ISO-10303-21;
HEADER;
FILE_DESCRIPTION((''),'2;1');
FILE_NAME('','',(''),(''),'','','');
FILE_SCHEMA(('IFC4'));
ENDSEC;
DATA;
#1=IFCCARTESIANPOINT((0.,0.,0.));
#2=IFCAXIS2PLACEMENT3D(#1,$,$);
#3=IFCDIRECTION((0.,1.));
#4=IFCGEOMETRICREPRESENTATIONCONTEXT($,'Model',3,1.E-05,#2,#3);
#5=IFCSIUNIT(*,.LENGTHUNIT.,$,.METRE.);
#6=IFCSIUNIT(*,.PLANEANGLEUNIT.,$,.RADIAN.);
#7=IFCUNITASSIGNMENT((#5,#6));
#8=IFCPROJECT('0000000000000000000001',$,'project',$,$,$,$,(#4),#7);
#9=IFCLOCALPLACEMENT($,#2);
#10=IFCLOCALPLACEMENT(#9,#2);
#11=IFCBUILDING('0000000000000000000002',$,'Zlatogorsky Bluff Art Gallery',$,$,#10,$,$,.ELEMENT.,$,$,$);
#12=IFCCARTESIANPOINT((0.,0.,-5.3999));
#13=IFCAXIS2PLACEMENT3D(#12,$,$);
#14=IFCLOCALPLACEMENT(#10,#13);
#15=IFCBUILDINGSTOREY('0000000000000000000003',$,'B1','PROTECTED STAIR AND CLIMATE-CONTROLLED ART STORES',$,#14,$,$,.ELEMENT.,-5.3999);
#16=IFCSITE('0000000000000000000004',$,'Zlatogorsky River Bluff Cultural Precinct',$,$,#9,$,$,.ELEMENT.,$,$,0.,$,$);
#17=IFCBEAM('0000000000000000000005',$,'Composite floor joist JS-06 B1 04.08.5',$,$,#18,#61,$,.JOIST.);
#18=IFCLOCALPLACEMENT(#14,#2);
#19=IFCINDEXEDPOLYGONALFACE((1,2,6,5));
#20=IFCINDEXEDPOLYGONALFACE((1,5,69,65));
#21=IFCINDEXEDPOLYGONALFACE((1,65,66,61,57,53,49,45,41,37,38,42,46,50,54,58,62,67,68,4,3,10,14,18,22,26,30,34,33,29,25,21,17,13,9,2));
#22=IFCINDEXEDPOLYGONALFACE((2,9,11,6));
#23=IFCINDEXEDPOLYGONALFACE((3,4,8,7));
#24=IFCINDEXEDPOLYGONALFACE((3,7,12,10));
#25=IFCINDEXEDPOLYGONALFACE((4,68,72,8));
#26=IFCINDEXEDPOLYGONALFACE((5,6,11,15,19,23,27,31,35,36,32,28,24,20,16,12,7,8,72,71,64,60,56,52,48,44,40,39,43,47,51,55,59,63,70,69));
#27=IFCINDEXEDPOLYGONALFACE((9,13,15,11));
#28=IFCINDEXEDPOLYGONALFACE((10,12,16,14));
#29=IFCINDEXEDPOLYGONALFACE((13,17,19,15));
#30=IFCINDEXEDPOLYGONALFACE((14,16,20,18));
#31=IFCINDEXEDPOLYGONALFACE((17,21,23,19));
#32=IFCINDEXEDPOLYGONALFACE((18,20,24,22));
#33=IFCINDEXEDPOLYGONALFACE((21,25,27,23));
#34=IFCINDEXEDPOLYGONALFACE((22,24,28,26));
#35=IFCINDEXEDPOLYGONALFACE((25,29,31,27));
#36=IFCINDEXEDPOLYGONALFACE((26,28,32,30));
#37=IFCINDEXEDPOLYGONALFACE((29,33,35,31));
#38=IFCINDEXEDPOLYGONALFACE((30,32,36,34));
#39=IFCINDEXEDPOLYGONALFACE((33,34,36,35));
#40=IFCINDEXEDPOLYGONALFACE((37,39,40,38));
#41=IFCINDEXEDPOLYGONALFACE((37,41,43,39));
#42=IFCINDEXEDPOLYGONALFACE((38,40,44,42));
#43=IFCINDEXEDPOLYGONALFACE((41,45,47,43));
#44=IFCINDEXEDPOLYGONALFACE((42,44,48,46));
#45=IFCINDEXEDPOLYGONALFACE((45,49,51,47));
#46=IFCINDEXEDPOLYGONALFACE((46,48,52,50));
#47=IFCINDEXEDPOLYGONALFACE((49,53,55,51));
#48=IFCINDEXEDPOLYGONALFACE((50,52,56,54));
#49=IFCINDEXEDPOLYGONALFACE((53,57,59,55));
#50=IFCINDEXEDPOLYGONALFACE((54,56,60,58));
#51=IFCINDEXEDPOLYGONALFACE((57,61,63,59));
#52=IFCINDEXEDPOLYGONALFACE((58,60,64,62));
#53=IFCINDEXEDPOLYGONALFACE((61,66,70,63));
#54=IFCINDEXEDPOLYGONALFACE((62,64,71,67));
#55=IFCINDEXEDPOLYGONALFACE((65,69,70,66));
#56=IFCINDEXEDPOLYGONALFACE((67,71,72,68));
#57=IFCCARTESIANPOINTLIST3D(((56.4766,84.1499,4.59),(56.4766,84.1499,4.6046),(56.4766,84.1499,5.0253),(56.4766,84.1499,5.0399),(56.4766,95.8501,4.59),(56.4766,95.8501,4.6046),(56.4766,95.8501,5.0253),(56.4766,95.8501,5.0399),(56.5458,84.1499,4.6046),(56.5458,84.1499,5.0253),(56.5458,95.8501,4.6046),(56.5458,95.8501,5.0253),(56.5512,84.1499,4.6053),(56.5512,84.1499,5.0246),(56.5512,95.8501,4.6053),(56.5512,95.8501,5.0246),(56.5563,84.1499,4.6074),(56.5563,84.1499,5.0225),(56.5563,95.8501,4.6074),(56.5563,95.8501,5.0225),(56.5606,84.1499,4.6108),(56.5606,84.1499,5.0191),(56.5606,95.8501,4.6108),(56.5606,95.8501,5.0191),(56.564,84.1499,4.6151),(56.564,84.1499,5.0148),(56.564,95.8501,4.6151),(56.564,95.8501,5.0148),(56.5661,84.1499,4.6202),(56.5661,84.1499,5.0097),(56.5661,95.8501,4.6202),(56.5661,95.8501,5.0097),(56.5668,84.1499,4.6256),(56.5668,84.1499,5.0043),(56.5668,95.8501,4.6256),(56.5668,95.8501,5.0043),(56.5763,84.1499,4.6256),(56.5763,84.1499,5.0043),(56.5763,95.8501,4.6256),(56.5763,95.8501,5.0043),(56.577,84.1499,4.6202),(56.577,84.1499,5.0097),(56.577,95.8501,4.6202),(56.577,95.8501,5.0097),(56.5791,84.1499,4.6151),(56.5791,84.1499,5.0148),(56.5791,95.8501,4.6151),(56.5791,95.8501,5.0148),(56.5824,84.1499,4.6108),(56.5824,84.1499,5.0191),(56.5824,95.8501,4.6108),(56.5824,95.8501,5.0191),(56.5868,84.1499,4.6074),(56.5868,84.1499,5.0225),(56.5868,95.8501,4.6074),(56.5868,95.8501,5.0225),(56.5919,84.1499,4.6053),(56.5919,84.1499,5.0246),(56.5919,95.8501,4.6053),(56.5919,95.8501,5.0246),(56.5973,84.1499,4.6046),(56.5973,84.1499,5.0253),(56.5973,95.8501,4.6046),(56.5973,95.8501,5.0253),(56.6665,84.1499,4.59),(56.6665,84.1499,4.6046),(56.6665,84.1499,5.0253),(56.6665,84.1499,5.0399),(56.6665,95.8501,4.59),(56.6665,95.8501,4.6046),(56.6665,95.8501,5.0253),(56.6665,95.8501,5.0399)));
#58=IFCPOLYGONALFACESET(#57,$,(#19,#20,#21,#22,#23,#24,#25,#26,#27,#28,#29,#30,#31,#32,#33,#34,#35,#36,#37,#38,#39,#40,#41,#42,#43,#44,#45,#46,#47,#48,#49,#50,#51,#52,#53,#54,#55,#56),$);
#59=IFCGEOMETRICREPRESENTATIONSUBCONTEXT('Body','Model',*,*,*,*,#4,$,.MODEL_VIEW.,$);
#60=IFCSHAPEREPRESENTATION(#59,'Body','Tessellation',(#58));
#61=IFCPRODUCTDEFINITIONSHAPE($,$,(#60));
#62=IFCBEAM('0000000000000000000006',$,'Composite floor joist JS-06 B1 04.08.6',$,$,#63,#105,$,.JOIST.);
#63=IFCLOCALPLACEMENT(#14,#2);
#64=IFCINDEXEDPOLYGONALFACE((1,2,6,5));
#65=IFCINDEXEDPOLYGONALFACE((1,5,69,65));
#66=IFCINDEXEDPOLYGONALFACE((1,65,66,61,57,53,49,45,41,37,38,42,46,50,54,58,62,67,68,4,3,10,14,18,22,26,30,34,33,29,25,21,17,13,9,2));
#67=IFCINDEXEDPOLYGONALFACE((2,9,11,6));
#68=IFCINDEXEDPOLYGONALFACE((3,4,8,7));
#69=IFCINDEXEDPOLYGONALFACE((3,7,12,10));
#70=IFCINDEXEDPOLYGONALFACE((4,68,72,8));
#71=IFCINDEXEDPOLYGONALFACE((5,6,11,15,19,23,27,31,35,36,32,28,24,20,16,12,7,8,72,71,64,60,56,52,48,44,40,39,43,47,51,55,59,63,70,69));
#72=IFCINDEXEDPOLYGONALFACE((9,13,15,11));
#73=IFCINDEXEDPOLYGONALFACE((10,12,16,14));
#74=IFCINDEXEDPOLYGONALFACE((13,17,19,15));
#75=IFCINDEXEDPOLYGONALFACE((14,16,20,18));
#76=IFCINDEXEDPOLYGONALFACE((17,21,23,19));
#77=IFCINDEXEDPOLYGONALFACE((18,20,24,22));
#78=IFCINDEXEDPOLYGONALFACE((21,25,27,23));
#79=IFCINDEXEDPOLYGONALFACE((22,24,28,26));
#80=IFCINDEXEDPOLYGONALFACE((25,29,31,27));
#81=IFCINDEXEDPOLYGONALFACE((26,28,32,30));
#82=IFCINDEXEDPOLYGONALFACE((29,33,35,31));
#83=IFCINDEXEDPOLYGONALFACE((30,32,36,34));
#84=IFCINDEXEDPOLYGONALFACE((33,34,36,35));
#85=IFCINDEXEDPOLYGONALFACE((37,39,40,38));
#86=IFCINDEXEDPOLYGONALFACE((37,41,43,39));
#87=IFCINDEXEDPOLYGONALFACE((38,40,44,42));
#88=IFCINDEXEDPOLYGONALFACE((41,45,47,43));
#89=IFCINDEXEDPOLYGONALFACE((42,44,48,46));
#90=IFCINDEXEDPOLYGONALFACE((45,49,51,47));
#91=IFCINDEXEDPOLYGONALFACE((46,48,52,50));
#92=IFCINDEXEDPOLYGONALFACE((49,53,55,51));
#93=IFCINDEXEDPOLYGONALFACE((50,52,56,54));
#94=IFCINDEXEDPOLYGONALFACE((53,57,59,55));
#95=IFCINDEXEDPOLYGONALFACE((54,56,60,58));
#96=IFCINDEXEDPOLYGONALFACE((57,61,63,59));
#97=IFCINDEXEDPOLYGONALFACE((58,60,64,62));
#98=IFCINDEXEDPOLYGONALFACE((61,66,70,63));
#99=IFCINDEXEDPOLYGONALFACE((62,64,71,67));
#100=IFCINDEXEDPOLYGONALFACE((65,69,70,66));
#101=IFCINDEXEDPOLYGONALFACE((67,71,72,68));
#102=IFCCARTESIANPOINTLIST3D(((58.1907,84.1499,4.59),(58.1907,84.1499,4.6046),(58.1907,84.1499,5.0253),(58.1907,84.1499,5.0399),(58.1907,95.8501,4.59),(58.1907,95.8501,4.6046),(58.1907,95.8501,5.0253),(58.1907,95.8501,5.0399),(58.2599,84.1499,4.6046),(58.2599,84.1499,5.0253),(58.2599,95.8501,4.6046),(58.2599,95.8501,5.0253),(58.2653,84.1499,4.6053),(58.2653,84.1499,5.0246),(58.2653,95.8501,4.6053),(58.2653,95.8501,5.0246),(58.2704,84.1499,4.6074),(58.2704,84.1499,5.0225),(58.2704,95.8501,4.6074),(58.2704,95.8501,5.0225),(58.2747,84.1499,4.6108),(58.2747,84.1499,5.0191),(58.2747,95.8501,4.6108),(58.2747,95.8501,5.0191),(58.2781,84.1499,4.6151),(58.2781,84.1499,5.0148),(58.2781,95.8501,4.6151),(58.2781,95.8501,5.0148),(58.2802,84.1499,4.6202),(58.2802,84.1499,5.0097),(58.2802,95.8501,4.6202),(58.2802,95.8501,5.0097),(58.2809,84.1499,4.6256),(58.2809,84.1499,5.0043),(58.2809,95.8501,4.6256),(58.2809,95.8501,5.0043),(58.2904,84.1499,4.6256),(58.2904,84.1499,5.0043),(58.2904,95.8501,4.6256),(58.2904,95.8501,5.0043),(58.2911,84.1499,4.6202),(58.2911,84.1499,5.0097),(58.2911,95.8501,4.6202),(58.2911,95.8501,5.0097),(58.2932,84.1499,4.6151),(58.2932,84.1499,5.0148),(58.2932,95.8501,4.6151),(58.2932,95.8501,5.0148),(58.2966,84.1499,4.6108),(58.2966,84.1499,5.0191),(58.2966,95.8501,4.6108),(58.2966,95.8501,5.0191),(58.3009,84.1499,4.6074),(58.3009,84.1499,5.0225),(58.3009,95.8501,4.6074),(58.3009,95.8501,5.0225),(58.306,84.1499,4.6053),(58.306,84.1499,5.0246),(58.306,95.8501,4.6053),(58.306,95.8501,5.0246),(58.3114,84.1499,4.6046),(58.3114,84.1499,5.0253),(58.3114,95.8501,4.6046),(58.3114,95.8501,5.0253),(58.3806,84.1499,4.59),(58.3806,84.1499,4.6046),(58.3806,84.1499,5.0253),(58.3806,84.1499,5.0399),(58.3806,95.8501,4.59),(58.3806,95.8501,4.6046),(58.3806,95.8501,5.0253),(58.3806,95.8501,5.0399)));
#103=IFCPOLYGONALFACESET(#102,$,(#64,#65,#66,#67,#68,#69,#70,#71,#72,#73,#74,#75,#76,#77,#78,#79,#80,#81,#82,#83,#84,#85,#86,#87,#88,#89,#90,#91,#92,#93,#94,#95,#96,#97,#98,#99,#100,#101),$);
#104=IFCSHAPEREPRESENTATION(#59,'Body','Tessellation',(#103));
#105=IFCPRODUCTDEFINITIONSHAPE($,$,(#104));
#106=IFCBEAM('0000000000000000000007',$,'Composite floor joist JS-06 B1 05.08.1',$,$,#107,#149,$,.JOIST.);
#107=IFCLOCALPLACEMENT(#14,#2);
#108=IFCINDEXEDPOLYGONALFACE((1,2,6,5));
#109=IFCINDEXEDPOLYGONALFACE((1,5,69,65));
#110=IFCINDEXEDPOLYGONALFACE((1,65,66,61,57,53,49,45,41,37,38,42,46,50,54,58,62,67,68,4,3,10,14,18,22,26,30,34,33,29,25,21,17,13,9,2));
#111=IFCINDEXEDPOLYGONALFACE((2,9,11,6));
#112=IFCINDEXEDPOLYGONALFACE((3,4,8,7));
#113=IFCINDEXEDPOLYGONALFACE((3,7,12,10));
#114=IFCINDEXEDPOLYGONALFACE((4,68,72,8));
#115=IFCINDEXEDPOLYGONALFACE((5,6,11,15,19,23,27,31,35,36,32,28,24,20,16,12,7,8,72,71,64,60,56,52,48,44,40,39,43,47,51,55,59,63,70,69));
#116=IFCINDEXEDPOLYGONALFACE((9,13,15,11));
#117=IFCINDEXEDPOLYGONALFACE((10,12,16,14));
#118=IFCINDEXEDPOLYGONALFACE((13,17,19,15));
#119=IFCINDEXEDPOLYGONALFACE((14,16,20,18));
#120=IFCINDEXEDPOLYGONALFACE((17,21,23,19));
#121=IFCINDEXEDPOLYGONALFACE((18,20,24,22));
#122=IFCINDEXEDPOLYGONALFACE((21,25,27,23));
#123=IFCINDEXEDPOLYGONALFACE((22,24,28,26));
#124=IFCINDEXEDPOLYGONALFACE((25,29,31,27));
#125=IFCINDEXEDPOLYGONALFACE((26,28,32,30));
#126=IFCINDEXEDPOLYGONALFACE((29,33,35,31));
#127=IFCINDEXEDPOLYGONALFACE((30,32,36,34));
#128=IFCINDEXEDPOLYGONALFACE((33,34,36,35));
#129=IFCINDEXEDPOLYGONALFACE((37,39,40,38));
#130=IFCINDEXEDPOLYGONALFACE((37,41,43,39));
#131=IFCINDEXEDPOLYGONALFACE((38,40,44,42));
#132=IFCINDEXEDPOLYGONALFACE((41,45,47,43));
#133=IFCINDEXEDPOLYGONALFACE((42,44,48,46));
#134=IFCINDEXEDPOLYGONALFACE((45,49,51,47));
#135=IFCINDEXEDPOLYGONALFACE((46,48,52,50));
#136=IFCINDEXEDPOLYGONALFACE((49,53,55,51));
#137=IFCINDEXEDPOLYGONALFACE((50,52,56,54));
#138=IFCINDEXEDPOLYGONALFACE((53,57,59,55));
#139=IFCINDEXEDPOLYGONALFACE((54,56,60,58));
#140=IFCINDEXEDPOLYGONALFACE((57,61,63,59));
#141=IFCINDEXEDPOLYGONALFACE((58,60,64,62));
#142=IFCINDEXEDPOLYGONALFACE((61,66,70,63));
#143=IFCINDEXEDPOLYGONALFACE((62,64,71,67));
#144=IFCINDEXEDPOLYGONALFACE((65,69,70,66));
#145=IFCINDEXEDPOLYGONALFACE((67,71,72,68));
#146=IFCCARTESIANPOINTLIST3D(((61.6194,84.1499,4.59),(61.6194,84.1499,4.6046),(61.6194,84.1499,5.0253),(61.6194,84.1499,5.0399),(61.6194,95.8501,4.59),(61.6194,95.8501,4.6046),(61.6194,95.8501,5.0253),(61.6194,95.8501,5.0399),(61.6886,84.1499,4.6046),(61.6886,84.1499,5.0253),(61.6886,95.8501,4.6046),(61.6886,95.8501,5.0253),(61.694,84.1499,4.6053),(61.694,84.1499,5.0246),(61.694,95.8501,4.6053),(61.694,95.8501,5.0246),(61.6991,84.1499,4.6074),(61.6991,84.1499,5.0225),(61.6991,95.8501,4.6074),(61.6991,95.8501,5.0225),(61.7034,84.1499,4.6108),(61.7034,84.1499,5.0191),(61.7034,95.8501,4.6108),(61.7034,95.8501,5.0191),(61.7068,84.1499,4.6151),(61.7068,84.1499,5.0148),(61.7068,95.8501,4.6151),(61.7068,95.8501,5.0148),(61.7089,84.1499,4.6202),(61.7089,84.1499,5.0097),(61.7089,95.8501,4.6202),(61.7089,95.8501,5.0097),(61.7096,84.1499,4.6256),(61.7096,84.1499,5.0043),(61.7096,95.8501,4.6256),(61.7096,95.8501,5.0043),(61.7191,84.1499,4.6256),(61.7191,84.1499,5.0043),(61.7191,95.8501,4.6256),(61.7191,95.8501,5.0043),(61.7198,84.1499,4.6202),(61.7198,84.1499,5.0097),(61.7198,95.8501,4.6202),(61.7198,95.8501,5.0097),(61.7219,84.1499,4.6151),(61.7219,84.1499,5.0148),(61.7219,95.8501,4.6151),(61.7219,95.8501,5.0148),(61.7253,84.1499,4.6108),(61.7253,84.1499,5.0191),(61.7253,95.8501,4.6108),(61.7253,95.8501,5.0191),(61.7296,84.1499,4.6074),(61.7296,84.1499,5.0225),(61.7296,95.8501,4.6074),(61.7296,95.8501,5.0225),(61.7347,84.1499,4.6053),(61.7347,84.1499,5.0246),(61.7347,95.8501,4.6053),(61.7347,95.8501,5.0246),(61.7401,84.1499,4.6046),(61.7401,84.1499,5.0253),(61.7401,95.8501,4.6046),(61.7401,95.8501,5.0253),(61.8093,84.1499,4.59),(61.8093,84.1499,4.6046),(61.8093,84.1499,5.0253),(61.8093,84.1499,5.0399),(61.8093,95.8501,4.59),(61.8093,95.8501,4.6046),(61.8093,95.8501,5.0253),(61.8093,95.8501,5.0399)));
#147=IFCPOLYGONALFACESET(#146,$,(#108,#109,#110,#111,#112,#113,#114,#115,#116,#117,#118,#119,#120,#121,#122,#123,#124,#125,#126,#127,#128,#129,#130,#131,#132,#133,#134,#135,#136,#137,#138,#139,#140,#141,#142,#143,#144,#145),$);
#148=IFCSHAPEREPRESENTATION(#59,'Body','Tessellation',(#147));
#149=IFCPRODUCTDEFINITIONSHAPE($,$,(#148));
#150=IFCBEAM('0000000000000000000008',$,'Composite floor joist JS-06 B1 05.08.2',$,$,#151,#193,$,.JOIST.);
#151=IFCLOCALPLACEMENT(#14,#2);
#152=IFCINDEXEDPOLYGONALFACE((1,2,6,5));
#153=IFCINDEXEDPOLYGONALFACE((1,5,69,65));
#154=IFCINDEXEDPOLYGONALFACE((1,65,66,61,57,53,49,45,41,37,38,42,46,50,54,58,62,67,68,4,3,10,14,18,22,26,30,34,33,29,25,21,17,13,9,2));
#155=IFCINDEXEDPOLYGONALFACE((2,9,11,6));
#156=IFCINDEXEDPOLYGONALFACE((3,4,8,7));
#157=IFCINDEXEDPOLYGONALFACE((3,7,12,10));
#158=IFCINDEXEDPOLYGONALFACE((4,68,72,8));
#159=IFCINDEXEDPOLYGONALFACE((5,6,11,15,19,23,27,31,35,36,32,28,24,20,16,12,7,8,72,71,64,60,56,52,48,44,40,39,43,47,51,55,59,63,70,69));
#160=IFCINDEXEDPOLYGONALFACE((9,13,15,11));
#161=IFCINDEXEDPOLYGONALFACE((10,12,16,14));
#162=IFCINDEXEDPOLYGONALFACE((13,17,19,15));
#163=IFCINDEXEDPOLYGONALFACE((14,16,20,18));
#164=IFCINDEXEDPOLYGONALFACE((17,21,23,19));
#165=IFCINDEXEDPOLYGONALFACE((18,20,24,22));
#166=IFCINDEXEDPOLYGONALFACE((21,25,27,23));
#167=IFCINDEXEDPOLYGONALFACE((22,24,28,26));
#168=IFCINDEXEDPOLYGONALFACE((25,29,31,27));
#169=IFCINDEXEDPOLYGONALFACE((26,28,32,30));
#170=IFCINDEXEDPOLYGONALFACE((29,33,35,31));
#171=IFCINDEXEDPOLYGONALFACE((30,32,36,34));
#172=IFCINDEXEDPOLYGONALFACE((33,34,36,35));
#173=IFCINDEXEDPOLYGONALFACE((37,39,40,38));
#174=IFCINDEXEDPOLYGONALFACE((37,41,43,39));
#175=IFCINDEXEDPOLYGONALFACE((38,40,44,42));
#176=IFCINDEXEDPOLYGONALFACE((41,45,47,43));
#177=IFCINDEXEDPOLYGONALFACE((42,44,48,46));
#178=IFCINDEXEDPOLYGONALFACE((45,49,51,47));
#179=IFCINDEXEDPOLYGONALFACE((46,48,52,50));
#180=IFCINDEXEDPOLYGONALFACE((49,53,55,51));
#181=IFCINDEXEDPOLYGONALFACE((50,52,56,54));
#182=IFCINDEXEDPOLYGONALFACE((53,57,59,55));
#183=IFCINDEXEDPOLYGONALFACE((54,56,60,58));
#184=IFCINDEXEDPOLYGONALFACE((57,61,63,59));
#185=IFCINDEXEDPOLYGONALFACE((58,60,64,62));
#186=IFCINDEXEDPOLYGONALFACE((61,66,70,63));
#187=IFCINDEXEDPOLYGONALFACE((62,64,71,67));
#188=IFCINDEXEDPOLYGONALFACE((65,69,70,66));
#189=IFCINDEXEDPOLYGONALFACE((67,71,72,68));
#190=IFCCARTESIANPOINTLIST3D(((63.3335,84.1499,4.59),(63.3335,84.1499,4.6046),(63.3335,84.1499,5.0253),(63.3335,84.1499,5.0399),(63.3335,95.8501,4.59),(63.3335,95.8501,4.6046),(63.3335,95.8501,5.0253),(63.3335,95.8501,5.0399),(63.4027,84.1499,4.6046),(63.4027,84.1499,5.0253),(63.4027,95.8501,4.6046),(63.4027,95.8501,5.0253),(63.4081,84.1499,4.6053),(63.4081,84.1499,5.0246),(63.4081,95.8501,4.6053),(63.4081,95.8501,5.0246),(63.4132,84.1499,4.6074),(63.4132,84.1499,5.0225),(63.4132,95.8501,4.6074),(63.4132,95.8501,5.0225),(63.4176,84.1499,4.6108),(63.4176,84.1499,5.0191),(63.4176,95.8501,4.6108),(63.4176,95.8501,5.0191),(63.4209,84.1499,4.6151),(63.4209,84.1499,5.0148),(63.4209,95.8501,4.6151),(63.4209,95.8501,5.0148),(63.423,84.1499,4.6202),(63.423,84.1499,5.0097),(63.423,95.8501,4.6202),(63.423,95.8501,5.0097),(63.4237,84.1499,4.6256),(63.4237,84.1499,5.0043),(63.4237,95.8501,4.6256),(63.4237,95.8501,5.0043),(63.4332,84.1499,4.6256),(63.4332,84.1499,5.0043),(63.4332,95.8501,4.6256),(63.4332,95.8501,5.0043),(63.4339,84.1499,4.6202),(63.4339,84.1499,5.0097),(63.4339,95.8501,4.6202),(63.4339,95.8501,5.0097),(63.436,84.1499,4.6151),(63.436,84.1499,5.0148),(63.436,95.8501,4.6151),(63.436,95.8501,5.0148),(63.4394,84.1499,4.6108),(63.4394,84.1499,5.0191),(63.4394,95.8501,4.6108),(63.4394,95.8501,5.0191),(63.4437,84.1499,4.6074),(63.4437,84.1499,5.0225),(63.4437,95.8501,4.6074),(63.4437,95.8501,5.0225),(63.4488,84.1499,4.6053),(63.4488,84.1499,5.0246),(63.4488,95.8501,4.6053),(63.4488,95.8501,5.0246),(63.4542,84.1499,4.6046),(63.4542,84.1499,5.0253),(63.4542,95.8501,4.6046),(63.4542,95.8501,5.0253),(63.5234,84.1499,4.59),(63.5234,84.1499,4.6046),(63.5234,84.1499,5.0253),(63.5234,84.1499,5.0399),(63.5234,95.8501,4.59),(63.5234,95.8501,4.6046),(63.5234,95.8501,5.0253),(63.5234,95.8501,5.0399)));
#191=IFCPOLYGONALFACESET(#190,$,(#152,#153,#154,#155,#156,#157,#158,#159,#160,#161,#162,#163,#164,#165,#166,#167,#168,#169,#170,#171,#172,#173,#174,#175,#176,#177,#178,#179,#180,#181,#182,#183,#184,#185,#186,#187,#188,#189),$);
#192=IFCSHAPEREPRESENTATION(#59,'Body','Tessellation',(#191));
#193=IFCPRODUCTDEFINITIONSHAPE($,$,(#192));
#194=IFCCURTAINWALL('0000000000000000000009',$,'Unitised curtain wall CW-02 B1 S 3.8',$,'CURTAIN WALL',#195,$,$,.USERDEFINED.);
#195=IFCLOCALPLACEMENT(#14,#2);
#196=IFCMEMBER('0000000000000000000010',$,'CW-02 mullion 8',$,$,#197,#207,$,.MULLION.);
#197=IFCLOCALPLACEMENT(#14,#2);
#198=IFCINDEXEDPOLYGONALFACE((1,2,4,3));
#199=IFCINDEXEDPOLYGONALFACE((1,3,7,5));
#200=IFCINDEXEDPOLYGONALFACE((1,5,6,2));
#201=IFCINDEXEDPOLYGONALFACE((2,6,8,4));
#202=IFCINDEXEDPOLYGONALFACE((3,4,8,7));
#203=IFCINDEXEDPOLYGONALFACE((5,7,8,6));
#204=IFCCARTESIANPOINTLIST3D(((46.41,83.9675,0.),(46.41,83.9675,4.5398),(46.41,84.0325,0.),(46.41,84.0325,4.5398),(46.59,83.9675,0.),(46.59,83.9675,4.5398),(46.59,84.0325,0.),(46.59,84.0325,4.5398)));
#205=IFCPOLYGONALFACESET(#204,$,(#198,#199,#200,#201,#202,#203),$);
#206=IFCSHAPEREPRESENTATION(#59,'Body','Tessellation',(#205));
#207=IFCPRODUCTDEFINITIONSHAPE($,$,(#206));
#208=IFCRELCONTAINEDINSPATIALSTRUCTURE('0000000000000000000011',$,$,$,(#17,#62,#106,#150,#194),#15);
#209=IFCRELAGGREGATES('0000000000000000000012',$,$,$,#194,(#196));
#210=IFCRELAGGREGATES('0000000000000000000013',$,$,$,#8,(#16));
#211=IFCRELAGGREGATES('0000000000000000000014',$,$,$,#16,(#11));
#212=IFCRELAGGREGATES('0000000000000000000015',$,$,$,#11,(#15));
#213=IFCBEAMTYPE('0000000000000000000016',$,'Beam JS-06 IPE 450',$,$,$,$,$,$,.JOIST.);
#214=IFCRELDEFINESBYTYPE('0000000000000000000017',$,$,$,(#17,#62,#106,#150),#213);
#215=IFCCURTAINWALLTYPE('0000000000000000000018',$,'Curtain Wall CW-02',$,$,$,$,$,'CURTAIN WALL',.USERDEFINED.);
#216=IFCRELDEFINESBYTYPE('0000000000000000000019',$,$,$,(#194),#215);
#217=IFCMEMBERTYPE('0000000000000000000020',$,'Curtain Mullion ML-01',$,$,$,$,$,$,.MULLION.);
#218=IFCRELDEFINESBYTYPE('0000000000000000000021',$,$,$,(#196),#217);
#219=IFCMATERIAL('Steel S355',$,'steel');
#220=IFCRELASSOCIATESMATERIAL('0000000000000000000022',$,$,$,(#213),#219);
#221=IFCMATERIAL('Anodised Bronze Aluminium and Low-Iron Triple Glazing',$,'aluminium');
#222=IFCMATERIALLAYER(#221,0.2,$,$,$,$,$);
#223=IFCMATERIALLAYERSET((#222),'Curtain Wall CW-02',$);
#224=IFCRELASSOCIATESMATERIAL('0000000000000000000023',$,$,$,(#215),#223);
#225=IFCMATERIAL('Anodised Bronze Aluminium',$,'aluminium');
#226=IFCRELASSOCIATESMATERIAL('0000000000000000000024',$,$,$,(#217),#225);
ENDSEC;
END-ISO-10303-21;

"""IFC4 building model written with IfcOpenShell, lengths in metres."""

from ifc_helpers import new_model, si_unit, direction, frame, origin, origin_2d, place, context, subcontext, project, spatial, rectangle, i_section, extrude, material, layer, layer_set, material_profile, profile_set, type_object, element, aggregate, save


model = new_model("IFC4")

# Units and contexts
model_context = context("Model", 3, precision=1e-05, world=origin(), true_north=direction((0.0, 1.0)))
body_context = subcontext(model_context, "Body", "Model", "MODEL_VIEW")
ifc_project = project(units=[si_unit("LENGTHUNIT", "METRE"), si_unit("PLANEANGLEUNIT", "RADIAN")], contexts=[model_context])

# Site, building, storey
site_placement = place(None, origin())
site = spatial("IfcSite", under=ifc_project, at=site_placement, Name="Zlatogorsky River Bluff Cultural Precinct", CompositionType="ELEMENT", RefElevation=0.0)
building_placement = place(site_placement, origin())
building = spatial("IfcBuilding", under=site, at=building_placement, Name="Zlatogorsky Bluff Art Gallery", CompositionType="ELEMENT")
storey_placement = place(building_placement, frame((0.0, 0.0, -5.3999)))
storey = spatial("IfcBuildingStorey", under=building, at=storey_placement, Name="B1", Description="PROTECTED STAIR AND CLIMATE-CONTROLLED ART STORES", CompositionType="ELEMENT", Elevation=-5.3999)

# Shared definitions
ifc_material_1 = material(Name="Steel S355", Category="steel")

# Beams
ifc_material_profile_1 = material_profile(ifc_material_1, i_section(OverallWidth=0.1899, OverallDepth=0.45, WebThickness=0.0095, FlangeThickness=0.0146, FilletRadius=0.021, at=origin_2d()), Name="IPE 450")
ifc_profile_set_1 = profile_set([ifc_material_profile_1], Name="Steel S355")
beam_type_1 = type_object("IfcBeamType", Name="Beam JS-06 IPE 450", PredefinedType="JOIST", material=ifc_profile_set_1)
for number, where, z_axis, x_axis, name in (
    (1, (56.5715, 84.1499, 4.8149), (0.0, 1.0, 0.0), (-1.0, 0.0, 0.0), "Composite floor joist JS-06 B1 04.08.5"),
    (2, (58.2856, 84.1499, 4.8149), (0.0, 1.0, 0.0), (-1.0, 0.0, 0.0), "Composite floor joist JS-06 B1 04.08.6"),
    (3, (61.7144, 84.1499, 4.8149), (0.0, 1.0, 0.0), (-1.0, 0.0, 0.0), "Composite floor joist JS-06 B1 05.08.1"),
    (4, (63.4285, 84.1499, 4.8149), (0.0, 1.0, 0.0), (-1.0, 0.0, 0.0), "Composite floor joist JS-06 B1 05.08.2"),
):
    element("IfcBeam", number, at=place(storey_placement, frame(where, z_axis=z_axis, x_axis=x_axis)), inside=storey, type_object=beam_type_1, Name=name, PredefinedType="JOIST", context=body_context, shape_type="SweptSolid", body=[
        extrude(i_section(OverallWidth=0.1899, OverallDepth=0.45, WebThickness=0.0095, FlangeThickness=0.0146, FilletRadius=0.021, at=origin_2d()), origin(), (0.0, 0.0, 1.0), 11.7002),
    ])

# Curtain wall, member
ifc_material_2 = material(Name="Anodised Bronze Aluminium and Low-Iron Triple Glazing", Category="aluminium")
ifc_layer_1 = layer(ifc_material_2, 0.2)
ifc_layer_set_1 = layer_set([ifc_layer_1], Name="Curtain Wall CW-02")
curtain_wall_type = type_object("IfcCurtainWallType", Name="Curtain Wall CW-02", ElementType="CURTAIN WALL", PredefinedType="USERDEFINED", material=ifc_layer_set_1)
curtain_wall_placement = place(storey_placement, origin())
curtain_wall = element("IfcCurtainWall", 5, at=curtain_wall_placement, inside=storey, type_object=curtain_wall_type, Name="Unitised curtain wall CW-02 B1 S 3.8", ObjectType="CURTAIN WALL", PredefinedType="USERDEFINED")
ifc_material_3 = material(Name="Anodised Bronze Aluminium", Category="aluminium")
ifc_material_profile_2 = material_profile(ifc_material_3, rectangle(XDim=0.0649, YDim=0.1799, at=origin_2d()), Name="ALU MULLION 65x180")
ifc_profile_set_2 = profile_set([ifc_material_profile_2], Name="Anodised Bronze Aluminium")
member_type_1 = type_object("IfcMemberType", Name="Curtain Mullion ML-01", PredefinedType="MULLION", material=ifc_profile_set_2)
member_1_placement = place(storey_placement, frame((46.5, 84.0, 0.0), z_axis=(0.0, 0.0, 1.0), x_axis=(0.0, 1.0, 0.0)))
member_1 = element("IfcMember", 6, at=member_1_placement, type_object=member_type_1, Name="CW-02 mullion 8", PredefinedType="MULLION", context=body_context, shape_type="SweptSolid", body=[
    extrude(rectangle(XDim=0.0649, YDim=0.1799, at=origin_2d()), origin(), (0.0, 0.0, 1.0), 4.5398),
])
aggregate(curtain_wall, [member_1])

save(model, "model.ifc")
